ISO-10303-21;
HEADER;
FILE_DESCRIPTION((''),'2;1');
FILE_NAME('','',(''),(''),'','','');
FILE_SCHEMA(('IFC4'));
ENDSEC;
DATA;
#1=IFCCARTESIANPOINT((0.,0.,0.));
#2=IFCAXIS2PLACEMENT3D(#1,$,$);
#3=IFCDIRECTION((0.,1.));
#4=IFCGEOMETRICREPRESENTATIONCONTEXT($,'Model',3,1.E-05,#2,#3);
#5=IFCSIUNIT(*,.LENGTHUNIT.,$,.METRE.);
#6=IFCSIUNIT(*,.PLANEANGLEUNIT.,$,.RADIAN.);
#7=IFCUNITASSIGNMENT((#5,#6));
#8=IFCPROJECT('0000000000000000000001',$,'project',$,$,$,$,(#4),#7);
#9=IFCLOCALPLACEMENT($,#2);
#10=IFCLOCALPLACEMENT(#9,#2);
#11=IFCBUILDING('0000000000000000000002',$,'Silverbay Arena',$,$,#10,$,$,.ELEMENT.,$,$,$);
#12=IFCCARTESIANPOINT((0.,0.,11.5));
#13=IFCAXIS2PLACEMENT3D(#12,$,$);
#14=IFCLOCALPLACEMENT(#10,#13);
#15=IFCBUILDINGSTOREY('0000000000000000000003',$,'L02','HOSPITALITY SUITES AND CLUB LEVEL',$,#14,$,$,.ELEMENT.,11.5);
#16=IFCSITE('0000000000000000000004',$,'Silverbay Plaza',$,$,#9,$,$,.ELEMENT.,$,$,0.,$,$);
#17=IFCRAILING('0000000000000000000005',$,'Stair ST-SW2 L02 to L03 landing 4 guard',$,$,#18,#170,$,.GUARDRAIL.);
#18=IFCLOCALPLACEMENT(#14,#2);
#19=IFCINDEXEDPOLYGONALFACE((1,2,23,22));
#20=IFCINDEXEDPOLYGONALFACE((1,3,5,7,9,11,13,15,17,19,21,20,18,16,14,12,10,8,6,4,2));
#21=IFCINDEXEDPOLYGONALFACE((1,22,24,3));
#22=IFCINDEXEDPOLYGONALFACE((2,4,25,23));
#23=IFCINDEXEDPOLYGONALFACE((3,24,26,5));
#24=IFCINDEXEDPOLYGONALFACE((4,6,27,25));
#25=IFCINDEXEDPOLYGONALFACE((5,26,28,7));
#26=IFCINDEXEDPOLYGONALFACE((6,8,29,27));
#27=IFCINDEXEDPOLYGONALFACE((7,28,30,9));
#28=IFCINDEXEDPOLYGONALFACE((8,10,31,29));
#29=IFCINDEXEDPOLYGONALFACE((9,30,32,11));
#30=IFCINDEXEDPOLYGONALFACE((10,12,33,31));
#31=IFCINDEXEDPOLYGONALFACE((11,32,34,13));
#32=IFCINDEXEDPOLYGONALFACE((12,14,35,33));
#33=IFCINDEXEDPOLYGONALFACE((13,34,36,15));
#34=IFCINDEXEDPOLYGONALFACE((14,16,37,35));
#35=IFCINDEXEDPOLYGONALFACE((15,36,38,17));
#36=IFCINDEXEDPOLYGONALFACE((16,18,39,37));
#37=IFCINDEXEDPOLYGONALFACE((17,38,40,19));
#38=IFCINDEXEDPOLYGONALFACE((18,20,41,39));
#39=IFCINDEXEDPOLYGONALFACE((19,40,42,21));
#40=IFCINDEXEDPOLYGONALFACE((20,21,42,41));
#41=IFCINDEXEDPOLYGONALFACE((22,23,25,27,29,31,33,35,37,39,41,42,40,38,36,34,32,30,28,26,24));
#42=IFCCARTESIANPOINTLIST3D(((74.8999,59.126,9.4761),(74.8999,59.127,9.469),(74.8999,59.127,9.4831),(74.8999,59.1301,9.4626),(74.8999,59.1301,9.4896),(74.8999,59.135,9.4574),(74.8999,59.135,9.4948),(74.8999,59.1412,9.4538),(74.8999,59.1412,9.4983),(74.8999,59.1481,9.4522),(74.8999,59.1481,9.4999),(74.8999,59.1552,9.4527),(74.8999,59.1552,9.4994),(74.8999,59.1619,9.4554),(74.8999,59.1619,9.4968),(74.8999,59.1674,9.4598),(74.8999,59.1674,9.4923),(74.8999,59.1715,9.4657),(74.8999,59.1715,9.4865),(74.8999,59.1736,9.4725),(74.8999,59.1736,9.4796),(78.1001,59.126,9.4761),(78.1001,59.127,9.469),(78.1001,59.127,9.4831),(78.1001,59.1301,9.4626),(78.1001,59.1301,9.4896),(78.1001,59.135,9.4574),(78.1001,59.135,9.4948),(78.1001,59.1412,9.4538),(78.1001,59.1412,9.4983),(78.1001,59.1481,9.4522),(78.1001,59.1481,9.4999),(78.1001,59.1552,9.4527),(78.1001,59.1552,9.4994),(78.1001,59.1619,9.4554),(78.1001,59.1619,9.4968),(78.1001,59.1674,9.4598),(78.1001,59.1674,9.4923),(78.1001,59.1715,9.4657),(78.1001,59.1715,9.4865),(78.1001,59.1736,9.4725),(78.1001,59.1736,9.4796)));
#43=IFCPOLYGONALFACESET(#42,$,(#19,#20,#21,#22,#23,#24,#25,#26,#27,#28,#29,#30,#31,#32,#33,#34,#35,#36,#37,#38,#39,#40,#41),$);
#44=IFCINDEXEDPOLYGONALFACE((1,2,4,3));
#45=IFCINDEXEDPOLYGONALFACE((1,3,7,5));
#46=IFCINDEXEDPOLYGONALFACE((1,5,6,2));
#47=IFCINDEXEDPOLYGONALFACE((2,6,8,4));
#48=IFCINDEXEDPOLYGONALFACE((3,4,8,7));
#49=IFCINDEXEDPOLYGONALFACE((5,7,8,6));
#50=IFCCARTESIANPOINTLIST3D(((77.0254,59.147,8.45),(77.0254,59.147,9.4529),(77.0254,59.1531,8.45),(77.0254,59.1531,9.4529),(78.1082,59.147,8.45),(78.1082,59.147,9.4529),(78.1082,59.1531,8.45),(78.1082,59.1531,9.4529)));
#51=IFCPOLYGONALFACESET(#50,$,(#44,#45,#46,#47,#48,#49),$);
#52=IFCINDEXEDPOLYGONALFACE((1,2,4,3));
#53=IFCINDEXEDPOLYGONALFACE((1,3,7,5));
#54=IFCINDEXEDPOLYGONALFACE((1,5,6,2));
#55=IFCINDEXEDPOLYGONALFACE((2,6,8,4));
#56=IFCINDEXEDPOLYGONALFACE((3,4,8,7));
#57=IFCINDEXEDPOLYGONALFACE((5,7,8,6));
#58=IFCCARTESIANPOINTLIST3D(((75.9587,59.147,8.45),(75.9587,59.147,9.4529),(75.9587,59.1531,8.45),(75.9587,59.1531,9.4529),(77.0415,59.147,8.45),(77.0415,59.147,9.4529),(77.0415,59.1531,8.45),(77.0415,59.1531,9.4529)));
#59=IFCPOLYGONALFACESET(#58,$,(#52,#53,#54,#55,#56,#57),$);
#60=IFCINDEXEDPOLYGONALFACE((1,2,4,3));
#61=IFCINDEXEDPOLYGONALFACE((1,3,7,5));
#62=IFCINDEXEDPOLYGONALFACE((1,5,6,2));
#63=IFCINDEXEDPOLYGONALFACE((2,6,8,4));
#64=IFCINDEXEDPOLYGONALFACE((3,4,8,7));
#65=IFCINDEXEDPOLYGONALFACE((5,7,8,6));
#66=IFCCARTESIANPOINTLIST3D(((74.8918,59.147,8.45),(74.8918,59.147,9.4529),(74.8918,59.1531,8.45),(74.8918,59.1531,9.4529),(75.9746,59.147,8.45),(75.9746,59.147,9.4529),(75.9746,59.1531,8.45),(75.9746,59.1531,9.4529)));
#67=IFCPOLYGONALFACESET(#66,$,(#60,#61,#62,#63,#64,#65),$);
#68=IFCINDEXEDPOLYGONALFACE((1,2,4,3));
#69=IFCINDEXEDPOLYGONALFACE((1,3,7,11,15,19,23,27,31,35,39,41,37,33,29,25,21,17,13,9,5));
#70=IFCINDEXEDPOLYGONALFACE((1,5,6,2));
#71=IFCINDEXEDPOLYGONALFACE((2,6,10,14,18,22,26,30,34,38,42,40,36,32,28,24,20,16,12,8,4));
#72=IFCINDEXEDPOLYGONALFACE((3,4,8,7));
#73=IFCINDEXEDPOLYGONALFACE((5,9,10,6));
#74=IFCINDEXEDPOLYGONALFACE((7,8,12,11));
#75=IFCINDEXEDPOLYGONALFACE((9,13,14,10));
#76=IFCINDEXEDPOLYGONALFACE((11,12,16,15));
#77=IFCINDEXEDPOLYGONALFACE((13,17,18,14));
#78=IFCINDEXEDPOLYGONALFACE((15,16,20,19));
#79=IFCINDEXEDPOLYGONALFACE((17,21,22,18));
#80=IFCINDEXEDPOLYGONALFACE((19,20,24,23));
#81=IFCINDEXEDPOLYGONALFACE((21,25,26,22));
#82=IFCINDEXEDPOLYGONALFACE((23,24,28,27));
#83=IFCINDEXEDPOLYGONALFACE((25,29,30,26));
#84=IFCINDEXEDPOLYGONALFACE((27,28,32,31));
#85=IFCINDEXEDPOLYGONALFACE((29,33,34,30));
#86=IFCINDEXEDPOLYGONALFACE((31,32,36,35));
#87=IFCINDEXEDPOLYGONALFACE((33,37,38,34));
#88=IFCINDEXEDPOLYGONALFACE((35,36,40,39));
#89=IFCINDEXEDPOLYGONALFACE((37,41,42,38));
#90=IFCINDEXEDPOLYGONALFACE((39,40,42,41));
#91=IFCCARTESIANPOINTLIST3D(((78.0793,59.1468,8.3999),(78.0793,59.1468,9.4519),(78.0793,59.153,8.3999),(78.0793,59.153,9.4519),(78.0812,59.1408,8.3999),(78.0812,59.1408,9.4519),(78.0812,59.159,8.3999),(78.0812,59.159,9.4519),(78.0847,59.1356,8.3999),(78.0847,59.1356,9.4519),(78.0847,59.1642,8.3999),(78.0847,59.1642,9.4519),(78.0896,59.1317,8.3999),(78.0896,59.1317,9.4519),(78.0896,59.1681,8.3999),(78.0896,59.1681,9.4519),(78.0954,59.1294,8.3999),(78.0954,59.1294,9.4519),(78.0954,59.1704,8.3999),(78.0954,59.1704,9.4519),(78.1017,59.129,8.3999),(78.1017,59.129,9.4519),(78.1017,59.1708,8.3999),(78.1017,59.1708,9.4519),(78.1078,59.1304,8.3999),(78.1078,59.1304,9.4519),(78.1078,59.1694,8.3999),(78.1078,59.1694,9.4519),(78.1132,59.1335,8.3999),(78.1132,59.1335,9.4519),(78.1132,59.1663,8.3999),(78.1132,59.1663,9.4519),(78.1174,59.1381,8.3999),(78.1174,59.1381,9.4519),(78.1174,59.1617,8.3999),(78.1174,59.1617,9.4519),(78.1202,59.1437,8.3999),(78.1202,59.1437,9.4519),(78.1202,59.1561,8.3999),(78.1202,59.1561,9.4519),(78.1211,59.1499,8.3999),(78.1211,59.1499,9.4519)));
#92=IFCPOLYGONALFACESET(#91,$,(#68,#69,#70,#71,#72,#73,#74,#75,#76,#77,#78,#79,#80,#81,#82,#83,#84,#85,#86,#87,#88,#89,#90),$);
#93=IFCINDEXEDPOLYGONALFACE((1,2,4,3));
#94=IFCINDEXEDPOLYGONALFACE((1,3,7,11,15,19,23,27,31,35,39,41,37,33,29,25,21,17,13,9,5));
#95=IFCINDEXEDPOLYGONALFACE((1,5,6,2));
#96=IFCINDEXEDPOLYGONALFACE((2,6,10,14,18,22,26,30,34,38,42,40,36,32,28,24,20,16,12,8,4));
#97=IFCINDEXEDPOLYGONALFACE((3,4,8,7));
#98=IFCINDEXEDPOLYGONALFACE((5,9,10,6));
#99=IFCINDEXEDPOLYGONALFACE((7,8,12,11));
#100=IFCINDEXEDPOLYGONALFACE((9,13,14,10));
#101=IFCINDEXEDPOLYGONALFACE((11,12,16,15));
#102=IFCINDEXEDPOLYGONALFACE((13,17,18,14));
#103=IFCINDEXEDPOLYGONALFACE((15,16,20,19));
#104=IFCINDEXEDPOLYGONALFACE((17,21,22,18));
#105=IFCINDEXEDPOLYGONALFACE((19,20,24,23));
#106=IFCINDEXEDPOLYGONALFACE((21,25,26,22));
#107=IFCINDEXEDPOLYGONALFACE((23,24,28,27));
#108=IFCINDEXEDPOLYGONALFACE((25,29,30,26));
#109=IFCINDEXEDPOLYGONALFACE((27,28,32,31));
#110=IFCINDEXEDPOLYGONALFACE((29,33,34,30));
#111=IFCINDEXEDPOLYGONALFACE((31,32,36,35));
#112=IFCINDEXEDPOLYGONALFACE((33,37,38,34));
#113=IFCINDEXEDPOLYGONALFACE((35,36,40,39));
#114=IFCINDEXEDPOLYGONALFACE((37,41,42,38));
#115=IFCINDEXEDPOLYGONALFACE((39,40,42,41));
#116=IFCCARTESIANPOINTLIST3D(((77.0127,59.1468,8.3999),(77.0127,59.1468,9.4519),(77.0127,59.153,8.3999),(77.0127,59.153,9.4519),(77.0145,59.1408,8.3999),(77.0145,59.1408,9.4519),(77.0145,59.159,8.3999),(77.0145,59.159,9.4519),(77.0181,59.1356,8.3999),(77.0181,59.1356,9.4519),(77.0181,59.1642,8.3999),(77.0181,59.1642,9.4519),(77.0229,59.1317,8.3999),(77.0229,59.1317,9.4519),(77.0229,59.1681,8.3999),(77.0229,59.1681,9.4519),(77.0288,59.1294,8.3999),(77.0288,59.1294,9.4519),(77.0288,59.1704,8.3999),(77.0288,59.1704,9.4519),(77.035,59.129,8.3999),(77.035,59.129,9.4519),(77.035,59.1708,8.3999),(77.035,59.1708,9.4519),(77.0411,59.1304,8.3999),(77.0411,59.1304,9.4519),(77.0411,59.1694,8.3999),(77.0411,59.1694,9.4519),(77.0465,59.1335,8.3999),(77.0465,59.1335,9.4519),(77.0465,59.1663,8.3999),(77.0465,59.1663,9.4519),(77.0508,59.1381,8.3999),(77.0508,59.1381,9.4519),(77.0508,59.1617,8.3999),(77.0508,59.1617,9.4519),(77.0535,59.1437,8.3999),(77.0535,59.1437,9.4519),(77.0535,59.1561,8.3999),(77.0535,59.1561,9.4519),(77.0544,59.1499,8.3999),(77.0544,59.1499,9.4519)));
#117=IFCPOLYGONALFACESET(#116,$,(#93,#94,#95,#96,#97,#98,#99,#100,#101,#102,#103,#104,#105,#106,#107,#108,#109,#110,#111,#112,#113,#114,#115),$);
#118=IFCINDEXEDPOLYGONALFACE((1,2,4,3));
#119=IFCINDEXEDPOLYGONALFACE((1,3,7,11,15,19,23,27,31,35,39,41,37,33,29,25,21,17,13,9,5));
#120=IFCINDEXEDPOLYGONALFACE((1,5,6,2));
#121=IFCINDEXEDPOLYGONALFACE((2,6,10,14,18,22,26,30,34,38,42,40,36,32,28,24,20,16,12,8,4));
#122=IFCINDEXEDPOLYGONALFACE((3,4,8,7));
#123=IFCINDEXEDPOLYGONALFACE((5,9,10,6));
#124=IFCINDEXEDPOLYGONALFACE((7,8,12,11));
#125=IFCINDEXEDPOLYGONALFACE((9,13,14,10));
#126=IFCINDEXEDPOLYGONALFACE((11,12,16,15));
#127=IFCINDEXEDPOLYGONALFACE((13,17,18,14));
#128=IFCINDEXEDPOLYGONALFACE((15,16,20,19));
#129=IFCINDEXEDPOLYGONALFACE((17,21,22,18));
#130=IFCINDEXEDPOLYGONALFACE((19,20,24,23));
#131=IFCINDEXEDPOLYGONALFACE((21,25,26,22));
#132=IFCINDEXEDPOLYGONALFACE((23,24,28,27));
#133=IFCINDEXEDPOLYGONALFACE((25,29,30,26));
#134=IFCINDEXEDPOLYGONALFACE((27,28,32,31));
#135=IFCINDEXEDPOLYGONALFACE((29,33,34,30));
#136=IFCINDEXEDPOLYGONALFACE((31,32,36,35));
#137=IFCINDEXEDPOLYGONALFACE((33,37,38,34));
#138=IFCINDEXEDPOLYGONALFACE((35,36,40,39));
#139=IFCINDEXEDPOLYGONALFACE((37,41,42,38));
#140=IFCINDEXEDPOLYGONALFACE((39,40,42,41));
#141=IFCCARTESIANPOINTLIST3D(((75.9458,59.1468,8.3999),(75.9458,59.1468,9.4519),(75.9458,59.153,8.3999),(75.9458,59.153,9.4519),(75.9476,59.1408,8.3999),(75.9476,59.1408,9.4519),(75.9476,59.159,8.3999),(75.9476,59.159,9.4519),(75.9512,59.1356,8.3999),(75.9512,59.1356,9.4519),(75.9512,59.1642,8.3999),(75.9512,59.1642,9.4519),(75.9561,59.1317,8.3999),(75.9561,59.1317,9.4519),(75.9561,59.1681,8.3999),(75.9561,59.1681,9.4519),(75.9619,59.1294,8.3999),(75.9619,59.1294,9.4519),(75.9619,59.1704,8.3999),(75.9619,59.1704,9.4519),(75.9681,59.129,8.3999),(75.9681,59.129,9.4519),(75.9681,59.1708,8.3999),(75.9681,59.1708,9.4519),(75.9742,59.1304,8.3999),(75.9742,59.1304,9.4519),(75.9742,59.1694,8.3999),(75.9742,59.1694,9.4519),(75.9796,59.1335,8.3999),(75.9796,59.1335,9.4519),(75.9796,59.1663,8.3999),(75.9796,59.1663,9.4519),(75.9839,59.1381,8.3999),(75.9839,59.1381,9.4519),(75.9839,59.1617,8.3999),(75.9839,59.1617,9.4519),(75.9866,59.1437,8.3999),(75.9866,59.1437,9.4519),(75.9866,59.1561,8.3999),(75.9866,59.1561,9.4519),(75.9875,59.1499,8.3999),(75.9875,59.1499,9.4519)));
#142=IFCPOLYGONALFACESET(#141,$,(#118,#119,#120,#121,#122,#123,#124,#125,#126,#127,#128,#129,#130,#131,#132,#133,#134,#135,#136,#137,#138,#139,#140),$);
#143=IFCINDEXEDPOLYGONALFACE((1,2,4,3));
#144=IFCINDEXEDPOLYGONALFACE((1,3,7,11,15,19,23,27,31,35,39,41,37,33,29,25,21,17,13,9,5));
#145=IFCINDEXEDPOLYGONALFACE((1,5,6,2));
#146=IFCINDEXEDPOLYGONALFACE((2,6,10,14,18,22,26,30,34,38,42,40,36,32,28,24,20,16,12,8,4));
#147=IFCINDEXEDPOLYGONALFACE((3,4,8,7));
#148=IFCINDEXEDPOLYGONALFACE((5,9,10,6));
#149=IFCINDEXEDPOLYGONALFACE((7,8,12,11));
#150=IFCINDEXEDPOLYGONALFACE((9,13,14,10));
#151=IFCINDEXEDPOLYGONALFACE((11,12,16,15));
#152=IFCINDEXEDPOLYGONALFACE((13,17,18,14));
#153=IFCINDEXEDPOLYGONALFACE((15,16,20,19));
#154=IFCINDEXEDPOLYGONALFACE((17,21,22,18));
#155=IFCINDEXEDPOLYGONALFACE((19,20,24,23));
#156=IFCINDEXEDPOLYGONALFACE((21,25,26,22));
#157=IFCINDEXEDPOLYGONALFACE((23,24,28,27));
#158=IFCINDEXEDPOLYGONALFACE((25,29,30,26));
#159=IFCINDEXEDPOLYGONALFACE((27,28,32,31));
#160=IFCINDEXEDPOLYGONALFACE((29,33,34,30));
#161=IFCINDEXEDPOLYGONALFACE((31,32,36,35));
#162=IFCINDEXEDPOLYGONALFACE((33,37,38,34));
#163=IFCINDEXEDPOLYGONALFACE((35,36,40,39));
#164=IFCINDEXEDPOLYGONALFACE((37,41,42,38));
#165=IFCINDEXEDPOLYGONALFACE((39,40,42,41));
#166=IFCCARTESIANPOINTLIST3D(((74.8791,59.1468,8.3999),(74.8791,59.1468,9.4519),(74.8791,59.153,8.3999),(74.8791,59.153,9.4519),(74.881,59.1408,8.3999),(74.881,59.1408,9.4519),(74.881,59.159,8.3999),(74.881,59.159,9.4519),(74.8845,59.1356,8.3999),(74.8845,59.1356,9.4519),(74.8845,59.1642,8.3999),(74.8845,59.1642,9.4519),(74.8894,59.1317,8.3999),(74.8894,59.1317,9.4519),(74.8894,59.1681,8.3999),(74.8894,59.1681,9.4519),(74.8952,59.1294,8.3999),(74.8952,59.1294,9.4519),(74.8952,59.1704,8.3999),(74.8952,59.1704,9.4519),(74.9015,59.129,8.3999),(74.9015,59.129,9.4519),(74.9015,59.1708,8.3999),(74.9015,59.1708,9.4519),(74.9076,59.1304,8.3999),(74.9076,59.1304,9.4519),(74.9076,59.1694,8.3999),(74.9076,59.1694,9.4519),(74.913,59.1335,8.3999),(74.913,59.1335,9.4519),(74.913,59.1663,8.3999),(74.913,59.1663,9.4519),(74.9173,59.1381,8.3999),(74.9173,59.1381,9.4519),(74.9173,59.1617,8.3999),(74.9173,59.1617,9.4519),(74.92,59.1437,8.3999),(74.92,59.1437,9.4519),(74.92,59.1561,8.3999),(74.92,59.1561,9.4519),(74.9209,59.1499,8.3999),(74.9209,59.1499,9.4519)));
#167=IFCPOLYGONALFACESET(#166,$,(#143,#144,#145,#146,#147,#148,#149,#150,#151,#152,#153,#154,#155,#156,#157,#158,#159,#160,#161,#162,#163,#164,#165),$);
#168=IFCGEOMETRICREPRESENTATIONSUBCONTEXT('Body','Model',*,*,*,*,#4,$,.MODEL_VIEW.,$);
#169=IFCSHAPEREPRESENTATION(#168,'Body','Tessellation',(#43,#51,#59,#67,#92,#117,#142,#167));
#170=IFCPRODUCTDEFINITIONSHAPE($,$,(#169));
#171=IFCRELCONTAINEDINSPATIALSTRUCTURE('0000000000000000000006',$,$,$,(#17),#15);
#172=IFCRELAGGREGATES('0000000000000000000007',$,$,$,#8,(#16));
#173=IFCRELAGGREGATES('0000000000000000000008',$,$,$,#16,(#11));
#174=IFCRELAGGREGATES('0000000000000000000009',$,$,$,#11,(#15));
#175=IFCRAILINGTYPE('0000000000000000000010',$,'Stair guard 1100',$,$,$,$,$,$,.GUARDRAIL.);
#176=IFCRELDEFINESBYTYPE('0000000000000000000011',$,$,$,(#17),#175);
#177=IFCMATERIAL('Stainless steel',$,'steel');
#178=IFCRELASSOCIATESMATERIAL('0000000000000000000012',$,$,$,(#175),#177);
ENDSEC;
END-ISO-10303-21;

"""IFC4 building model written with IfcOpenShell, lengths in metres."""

from ifc_helpers import new_model, si_unit, direction, frame, origin, origin_2d, place, context, subcontext, project, spatial, polyline, circle, outline, extrude, material, type_object, element, save


model = new_model("IFC4")

# Units and contexts
model_context = context("Model", 3, precision=1e-05, world=origin(), true_north=direction((0.0, 1.0)))
body_context = subcontext(model_context, "Body", "Model", "MODEL_VIEW")
ifc_project = project(units=[si_unit("LENGTHUNIT", "METRE"), si_unit("PLANEANGLEUNIT", "RADIAN")], contexts=[model_context])

# Site, building, storey
site_placement = place(None, origin())
site = spatial("IfcSite", under=ifc_project, at=site_placement, Name="Silverbay Plaza", CompositionType="ELEMENT", RefElevation=0.0)
building_placement = place(site_placement, origin())
building = spatial("IfcBuilding", under=site, at=building_placement, Name="Silverbay Arena", CompositionType="ELEMENT")
storey_placement = place(building_placement, frame((0.0, 0.0, 11.5)))
storey = spatial("IfcBuildingStorey", under=building, at=storey_placement, Name="L02", Description="HOSPITALITY SUITES AND CLUB LEVEL", CompositionType="ELEMENT", Elevation=11.5)

# Railing
ifc_material_1 = material(Name="Stainless steel", Category="steel")
railing_type_1 = type_object("IfcRailingType", Name="Stair guard 1100", PredefinedType="GUARDRAIL", material=ifc_material_1)
for number, where, name in (
    (1, (78.1001, 59.1499, 8.3999), "Stair ST-SW2 L02 to L03 landing 4 guard"),
):
    element("IfcRailing", number, at=place(storey_placement, frame(where)), inside=storey, type_object=railing_type_1, Name=name, PredefinedType="GUARDRAIL", context=body_context, shape_type="SweptSolid", body=[
        extrude(circle(Radius=0.0239, at=origin_2d()), frame((0.0, 0.0, 1.0762), z_axis=(-1.0, 0.0, 0.0), x_axis=(0.0, -1.0, 0.0)), (0.0, 0.0, 1.0), 3.2002),
        extrude(outline(polyline([(-0.0081, 0.05), (1.0747, 0.05), (1.0747, 1.053), (-0.0081, 1.053), (-0.0081, 0.05)])), frame((0.0, -0.0029, 0.0), z_axis=(0.0, 1.0, 0.0), x_axis=(-1.0, 0.0, 0.0)), (0.0, 0.0, 1.0), 0.0061),
        extrude(outline(polyline([(-0.0081, 0.05), (1.0747, 0.05), (1.0747, 1.053), (-0.0081, 1.053), (-0.0081, 0.05)])), frame((-1.0667, -0.0029, 0.0), z_axis=(0.0, 1.0, 0.0), x_axis=(-1.0, 0.0, 0.0)), (0.0, 0.0, 1.0), 0.0061),
        extrude(outline(polyline([(-0.0081, 0.05), (1.0747, 0.05), (1.0747, 1.053), (-0.0081, 1.053), (-0.0081, 0.05)])), frame((-2.1335, -0.0029, 0.0), z_axis=(0.0, 1.0, 0.0), x_axis=(-1.0, 0.0, 0.0)), (0.0, 0.0, 1.0), 0.0061),
        extrude(circle(Radius=0.021, at=origin_2d()), origin(), (0.0, 0.0, 1.0), 1.052),
        extrude(circle(Radius=0.021, at=origin_2d()), frame((-1.0667, 0.0, 0.0)), (0.0, 0.0, 1.0), 1.052),
        extrude(circle(Radius=0.021, at=origin_2d()), frame((-2.1335, 0.0, 0.0)), (0.0, 0.0, 1.0), 1.052),
        extrude(circle(Radius=0.021, at=origin_2d()), frame((-3.2002, 0.0, 0.0)), (0.0, 0.0, 1.0), 1.052),
    ])

save(model, "model.ifc")
